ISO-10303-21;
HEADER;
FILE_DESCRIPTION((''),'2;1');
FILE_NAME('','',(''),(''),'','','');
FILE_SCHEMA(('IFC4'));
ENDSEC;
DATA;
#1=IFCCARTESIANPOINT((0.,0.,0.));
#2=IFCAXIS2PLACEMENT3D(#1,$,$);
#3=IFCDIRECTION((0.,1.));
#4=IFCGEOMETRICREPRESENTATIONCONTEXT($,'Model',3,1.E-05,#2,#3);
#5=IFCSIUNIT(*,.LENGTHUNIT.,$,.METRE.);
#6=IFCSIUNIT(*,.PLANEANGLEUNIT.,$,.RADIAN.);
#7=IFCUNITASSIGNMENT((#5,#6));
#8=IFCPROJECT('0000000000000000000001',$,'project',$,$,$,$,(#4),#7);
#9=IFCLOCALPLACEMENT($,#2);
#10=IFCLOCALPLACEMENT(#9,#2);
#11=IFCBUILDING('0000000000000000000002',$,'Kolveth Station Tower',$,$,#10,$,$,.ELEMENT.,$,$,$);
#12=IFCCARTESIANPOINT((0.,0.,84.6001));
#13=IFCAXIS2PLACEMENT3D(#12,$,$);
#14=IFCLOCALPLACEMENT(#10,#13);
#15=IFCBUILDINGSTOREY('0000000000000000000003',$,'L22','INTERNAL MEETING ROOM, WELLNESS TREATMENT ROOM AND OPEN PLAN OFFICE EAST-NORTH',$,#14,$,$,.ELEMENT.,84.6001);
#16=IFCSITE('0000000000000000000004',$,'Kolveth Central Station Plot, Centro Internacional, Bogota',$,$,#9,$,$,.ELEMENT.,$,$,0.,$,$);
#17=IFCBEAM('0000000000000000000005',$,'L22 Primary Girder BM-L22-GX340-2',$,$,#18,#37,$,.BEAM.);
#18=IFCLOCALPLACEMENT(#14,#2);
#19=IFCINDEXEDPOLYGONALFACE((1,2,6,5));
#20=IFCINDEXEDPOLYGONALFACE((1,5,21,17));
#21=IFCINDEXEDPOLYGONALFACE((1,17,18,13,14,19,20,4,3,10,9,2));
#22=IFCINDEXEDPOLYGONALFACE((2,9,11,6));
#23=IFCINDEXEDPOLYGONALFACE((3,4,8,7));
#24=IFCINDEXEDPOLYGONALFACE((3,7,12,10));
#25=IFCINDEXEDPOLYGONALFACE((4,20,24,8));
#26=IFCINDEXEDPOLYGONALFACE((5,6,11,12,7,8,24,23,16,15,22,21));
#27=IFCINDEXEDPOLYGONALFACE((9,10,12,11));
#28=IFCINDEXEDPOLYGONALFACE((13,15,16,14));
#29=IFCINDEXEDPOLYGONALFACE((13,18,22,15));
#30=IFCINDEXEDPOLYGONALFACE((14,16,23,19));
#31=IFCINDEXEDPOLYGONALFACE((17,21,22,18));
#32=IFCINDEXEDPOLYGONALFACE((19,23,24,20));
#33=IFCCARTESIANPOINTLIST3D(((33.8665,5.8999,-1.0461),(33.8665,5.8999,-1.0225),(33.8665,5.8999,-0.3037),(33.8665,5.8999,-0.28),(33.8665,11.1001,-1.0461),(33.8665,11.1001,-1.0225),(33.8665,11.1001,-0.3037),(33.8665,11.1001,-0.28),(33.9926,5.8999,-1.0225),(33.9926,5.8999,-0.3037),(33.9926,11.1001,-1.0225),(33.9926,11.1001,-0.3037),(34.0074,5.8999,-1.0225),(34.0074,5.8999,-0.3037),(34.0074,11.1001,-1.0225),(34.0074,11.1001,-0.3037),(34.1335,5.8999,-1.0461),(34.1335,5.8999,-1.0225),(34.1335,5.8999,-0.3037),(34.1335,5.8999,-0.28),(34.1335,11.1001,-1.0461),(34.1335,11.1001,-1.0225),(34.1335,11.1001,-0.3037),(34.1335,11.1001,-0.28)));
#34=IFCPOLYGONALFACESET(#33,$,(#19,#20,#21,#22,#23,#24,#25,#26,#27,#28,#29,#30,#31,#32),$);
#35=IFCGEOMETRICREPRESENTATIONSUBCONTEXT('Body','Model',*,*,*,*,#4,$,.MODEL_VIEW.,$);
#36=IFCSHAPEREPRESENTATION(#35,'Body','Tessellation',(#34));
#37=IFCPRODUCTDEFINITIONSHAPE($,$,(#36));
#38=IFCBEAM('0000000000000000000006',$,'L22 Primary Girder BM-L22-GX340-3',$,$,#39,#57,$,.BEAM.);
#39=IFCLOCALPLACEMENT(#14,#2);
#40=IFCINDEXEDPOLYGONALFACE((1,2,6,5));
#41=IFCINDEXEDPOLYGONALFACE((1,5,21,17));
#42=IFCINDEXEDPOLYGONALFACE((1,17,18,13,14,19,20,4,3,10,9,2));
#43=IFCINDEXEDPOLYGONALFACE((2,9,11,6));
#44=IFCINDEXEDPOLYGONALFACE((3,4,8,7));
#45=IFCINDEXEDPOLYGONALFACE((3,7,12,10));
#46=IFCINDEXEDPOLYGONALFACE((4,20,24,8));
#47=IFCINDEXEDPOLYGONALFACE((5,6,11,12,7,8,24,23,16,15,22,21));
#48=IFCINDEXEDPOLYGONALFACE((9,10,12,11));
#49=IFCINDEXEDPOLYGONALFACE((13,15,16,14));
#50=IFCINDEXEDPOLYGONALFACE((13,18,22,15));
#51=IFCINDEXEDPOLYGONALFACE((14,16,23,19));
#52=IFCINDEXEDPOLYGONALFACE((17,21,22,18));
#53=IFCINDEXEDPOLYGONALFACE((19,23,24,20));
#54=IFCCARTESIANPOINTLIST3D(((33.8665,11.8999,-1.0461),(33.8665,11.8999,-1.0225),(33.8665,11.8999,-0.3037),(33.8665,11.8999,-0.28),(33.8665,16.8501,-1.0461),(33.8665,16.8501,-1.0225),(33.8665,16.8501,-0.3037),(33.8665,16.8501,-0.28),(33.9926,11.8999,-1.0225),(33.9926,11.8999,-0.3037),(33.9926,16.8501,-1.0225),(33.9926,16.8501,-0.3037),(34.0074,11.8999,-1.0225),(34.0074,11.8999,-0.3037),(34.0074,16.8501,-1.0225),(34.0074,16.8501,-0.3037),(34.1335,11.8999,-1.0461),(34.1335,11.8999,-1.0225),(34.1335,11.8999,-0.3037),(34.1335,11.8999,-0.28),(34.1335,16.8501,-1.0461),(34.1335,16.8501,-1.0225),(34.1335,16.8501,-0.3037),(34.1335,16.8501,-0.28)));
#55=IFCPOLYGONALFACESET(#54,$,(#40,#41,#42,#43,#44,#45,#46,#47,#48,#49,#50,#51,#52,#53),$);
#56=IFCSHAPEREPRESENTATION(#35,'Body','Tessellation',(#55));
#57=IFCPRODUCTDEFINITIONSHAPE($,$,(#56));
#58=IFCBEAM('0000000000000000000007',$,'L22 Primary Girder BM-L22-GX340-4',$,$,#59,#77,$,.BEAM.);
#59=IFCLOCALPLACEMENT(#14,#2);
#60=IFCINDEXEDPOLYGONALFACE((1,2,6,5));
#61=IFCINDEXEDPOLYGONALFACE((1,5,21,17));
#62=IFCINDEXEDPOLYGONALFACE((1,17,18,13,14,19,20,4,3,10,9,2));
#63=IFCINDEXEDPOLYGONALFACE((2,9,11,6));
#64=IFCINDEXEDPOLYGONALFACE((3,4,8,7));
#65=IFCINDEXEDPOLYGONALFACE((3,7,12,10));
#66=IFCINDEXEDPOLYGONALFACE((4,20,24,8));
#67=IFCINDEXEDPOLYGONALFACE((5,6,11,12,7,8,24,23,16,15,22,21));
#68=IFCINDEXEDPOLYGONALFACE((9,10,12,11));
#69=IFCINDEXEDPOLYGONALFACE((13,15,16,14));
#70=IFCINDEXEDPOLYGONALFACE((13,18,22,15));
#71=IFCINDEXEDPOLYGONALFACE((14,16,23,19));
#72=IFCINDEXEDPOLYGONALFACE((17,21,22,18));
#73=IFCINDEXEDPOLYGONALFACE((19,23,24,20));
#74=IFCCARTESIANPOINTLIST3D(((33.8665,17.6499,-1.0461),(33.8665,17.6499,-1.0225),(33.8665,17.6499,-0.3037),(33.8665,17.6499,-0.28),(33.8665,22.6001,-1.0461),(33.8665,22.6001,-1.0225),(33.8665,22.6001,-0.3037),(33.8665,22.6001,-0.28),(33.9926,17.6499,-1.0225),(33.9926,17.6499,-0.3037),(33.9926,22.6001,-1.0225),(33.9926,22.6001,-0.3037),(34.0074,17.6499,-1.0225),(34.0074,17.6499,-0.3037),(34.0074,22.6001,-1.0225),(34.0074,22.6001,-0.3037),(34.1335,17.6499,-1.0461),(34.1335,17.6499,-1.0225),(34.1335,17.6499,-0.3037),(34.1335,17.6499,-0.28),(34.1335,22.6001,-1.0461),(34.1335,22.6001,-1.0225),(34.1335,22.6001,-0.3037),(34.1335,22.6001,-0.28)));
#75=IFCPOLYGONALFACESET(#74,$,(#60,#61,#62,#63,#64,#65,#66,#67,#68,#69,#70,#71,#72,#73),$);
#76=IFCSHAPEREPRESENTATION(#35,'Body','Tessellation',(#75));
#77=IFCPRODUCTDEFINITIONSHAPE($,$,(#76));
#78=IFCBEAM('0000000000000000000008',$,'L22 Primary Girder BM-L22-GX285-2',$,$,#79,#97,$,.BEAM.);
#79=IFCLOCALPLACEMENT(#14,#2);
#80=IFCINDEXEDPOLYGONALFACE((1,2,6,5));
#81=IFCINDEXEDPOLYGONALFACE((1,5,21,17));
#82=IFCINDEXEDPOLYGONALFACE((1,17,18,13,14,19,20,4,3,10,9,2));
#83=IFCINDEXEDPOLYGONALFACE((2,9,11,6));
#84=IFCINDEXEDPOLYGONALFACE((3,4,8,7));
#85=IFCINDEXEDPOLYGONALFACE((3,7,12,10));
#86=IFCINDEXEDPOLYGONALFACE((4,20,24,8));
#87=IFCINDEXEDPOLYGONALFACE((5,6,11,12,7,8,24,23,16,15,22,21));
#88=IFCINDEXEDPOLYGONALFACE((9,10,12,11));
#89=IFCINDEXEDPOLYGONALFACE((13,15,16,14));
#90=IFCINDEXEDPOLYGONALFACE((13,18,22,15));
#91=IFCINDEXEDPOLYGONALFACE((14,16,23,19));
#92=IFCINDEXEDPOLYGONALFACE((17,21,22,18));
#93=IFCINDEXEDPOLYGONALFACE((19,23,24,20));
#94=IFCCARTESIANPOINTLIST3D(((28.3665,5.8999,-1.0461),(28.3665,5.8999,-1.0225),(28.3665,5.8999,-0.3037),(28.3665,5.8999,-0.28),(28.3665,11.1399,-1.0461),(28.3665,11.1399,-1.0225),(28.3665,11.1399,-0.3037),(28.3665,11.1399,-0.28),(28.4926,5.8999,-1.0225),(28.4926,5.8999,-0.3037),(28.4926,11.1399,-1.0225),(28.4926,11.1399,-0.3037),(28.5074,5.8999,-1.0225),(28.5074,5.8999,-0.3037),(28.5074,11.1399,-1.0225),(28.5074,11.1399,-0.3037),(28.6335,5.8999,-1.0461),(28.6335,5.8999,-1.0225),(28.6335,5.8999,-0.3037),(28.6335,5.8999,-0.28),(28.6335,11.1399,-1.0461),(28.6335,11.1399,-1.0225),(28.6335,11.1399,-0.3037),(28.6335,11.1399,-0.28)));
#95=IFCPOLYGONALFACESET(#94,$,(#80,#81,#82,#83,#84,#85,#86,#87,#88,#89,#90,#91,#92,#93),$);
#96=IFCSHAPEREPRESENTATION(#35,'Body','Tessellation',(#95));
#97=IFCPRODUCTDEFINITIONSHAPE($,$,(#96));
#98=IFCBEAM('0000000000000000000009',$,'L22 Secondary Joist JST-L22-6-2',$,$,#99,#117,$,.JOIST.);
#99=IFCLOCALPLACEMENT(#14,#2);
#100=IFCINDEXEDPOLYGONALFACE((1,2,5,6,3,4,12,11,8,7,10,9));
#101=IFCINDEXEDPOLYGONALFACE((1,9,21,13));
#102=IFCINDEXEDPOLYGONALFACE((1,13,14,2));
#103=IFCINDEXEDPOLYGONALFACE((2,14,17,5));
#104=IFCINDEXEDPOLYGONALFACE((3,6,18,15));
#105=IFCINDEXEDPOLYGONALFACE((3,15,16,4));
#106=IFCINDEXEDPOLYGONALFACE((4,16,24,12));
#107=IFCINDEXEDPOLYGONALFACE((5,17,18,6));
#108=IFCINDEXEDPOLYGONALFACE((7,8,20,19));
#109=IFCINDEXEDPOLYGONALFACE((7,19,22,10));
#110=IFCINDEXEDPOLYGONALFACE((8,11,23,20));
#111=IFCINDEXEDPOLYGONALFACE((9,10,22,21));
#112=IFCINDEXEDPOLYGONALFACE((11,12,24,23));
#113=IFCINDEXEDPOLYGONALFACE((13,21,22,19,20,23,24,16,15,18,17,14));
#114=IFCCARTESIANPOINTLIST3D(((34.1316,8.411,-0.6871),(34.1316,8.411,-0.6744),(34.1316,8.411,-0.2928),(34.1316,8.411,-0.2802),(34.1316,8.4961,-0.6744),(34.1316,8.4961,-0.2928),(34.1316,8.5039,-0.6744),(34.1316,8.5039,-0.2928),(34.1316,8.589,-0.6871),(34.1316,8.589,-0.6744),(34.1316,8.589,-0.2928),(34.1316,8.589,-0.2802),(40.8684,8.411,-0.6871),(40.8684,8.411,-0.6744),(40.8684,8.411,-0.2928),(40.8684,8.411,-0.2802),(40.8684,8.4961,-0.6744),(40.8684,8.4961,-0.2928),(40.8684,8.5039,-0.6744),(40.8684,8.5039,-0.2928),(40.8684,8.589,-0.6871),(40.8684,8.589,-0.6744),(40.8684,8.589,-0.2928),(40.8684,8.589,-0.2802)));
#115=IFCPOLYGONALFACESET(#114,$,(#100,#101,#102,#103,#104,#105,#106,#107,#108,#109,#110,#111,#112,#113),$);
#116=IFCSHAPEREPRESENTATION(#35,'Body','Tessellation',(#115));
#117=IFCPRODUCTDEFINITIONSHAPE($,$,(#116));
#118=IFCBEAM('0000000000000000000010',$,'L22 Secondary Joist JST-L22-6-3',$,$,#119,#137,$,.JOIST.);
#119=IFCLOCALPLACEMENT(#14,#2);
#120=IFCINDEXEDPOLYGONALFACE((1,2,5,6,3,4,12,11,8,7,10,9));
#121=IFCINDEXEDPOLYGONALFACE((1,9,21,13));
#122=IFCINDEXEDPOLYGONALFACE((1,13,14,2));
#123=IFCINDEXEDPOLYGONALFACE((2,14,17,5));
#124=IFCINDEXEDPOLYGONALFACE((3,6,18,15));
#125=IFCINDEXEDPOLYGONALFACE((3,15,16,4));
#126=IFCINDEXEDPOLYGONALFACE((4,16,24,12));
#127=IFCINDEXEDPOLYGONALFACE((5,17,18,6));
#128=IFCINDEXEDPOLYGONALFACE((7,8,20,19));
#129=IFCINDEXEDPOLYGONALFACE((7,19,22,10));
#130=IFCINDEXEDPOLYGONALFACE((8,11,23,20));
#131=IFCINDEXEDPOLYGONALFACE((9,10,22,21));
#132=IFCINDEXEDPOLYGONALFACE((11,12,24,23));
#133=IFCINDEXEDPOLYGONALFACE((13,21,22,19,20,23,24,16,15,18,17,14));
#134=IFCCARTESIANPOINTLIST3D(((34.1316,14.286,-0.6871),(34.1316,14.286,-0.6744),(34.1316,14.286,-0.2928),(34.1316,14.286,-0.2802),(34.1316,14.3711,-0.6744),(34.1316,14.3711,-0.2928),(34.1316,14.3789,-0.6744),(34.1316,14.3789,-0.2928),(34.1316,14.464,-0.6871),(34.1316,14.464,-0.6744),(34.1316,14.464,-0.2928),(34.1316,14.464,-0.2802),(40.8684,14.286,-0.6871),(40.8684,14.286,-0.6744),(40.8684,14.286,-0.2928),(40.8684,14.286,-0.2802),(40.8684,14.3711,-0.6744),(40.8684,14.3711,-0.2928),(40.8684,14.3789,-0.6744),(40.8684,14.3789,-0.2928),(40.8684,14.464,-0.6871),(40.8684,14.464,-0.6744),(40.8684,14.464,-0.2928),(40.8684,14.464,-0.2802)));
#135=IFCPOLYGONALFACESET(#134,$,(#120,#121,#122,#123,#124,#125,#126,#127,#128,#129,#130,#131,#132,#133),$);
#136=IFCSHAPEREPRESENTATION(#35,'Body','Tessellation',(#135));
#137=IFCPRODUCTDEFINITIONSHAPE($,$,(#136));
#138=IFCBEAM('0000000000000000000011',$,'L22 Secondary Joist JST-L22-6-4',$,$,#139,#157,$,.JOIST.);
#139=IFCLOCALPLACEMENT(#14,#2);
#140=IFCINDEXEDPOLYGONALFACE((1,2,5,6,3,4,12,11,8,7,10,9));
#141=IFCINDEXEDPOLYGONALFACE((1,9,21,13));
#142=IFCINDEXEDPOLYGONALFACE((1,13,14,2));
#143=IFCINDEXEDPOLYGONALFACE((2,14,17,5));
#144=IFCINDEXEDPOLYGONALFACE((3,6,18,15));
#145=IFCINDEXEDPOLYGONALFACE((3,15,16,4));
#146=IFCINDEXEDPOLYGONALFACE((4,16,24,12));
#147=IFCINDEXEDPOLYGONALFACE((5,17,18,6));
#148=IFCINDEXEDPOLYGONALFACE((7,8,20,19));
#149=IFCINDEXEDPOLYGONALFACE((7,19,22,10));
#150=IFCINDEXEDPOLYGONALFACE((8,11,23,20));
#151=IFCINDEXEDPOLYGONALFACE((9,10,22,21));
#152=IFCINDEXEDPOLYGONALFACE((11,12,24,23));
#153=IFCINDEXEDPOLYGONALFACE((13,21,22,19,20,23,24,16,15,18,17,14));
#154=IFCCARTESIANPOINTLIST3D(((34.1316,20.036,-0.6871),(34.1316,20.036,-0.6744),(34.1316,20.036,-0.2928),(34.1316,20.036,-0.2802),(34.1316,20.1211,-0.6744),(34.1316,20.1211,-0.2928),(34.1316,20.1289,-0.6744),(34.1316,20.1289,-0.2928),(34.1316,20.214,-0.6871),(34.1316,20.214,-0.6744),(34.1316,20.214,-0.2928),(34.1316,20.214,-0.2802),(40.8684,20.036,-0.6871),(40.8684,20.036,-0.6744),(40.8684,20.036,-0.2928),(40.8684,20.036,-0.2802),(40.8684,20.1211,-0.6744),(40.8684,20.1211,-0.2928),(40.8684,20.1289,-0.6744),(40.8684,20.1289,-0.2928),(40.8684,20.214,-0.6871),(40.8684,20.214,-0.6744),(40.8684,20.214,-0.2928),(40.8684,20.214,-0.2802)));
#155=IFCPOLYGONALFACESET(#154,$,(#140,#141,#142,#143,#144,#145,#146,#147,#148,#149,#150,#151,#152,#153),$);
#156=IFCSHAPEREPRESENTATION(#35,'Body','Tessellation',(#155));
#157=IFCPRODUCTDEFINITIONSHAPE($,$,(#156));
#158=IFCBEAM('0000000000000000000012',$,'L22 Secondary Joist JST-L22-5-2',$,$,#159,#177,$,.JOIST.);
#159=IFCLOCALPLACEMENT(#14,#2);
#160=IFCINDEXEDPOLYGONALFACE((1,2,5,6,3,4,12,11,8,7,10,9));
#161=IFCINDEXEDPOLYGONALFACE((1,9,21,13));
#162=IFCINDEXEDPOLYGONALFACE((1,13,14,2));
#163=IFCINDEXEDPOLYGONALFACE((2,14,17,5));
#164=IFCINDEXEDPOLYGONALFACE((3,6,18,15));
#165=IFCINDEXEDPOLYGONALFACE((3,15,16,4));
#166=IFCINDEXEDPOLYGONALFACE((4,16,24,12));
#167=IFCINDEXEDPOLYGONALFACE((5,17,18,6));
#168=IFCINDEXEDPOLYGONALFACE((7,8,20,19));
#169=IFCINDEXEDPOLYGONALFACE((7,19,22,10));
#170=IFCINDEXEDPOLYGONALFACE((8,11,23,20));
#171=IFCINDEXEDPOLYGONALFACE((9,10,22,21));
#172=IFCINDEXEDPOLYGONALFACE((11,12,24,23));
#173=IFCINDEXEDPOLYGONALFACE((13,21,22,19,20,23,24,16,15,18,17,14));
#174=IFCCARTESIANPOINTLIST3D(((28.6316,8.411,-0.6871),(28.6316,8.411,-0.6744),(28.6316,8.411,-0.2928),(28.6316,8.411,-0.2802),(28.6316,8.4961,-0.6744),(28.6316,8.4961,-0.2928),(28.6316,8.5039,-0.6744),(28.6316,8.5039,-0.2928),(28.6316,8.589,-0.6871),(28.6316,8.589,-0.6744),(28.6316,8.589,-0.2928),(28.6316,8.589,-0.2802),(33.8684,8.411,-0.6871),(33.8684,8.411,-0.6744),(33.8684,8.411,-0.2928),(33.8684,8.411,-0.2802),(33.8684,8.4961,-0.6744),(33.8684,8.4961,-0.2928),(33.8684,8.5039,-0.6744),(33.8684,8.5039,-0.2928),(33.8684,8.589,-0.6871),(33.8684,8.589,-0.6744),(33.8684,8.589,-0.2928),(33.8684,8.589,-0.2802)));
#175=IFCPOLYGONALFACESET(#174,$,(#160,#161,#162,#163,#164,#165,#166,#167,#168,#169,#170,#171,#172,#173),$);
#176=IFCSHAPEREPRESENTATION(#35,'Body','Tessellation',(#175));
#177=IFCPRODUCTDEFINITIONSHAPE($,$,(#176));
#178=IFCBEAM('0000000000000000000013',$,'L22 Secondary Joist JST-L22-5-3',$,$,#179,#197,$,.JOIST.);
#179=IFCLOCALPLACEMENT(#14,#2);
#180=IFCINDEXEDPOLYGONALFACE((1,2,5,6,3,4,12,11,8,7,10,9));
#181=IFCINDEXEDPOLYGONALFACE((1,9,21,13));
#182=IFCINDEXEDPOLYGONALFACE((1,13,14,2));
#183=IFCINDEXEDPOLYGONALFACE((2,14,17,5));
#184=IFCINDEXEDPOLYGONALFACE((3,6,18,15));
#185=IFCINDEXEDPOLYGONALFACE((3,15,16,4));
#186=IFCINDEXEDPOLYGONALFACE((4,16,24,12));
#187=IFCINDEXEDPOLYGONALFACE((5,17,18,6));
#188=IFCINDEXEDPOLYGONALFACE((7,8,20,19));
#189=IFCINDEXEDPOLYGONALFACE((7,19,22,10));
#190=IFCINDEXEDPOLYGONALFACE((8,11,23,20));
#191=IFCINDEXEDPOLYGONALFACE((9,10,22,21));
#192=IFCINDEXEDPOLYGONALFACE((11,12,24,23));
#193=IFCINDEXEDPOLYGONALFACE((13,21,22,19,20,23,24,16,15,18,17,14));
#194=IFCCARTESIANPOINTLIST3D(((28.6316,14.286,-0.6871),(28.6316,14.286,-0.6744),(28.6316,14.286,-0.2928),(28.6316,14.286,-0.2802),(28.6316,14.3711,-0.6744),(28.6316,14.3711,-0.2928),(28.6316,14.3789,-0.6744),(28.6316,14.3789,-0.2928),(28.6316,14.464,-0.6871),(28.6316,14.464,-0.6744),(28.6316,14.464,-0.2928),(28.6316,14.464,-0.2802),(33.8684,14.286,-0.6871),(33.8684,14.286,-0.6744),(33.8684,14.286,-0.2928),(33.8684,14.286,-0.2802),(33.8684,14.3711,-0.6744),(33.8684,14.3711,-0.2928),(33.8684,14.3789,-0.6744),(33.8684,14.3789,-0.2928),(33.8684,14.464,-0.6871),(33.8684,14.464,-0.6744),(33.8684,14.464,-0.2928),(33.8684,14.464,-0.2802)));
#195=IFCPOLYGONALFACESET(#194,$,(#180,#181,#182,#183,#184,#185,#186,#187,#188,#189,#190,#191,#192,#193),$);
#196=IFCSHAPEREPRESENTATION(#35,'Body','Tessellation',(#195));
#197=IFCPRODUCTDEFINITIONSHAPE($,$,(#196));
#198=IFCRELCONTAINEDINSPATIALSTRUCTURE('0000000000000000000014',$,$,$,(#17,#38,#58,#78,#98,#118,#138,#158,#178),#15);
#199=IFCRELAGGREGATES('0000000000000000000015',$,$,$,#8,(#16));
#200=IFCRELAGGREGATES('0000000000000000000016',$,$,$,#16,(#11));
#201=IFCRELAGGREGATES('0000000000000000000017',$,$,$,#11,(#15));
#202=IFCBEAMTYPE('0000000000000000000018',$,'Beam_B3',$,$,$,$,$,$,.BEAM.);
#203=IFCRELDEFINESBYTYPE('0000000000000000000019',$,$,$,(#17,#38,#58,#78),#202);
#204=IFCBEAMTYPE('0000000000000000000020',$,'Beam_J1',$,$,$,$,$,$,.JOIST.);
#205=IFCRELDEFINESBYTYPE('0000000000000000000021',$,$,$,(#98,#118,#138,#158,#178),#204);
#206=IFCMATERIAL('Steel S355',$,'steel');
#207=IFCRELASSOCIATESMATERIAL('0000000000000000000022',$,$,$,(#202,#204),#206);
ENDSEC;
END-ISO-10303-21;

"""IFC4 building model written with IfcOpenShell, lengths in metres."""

from ifc_helpers import new_model, si_unit, direction, frame, origin, origin_2d, place, context, subcontext, project, spatial, i_section, extrude, source, transform, mapped, material, material_profile, profile_set, type_object, element, save


model = new_model("IFC4")

# Units and contexts
model_context = context("Model", 3, precision=1e-05, world=origin(), true_north=direction((0.0, 1.0)))
body_context = subcontext(model_context, "Body", "Model", "MODEL_VIEW")
ifc_project = project(units=[si_unit("LENGTHUNIT", "METRE"), si_unit("PLANEANGLEUNIT", "RADIAN")], contexts=[model_context])

# Site, building, storey
site_placement = place(None, origin())
site = spatial("IfcSite", under=ifc_project, at=site_placement, Name="Kolveth Central Station Plot, Centro Internacional, Bogota", CompositionType="ELEMENT", RefElevation=0.0)
building_placement = place(site_placement, origin())
building = spatial("IfcBuilding", under=site, at=building_placement, Name="Kolveth Station Tower", CompositionType="ELEMENT")
storey_placement = place(building_placement, frame((0.0, 0.0, 84.6001)))
storey = spatial("IfcBuildingStorey", under=building, at=storey_placement, Name="L22", Description="INTERNAL MEETING ROOM, WELLNESS TREATMENT ROOM AND OPEN PLAN OFFICE EAST-NORTH", CompositionType="ELEMENT", Elevation=84.6001)

# Beams
ifc_material_1 = material(Name="Steel S355", Category="steel")
ifc_material_profile_1 = material_profile(ifc_material_1, i_section(OverallWidth=0.2671, OverallDepth=0.7661, WebThickness=0.0149, FlangeThickness=0.0237, at=origin_2d()), Name="W760x185")
ifc_profile_set_1 = profile_set([ifc_material_profile_1], Name="Steel S355")
beam_type_1 = type_object("IfcBeamType", Name="Beam_B3", PredefinedType="BEAM", material=ifc_profile_set_1)
shared_shape_1 = source(origin(), body_context, "Body", "SweptSolid", [
    extrude(i_section(OverallWidth=0.2671, OverallDepth=0.7661, WebThickness=0.0149, FlangeThickness=0.0237, at=origin_2d()), origin(), (0.0, 0.0, 1.0), 5.2002),
])
beam_1_placement = place(storey_placement, frame((34.0, 5.8999, -0.6631), z_axis=(0.0, 1.0, 0.0), x_axis=(-1.0, 0.0, 0.0)))
element("IfcBeam", 1, at=beam_1_placement, inside=storey, type_object=beam_type_1, Name="L22 Primary Girder BM-L22-GX340-2", PredefinedType="BEAM", context=body_context, shape_type="MappedRepresentation", body=[
    mapped(shared_shape_1, transform((0.0, 0.0, 0.0), x_axis=(1.0, 0.0, 0.0), y_axis=(0.0, 1.0, 0.0), z_axis=(0.0, 0.0, 1.0), scale=1.0)),
])
shared_shape_2 = source(origin(), body_context, "Body", "SweptSolid", [
    extrude(i_section(OverallWidth=0.2671, OverallDepth=0.7661, WebThickness=0.0149, FlangeThickness=0.0237, at=origin_2d()), origin(), (0.0, 0.0, 1.0), 4.9502),
])
for number, where, z_axis, x_axis, name in (
    (2, (34.0, 11.8999, -0.6631), (0.0, 1.0, 0.0), (-1.0, 0.0, 0.0), "L22 Primary Girder BM-L22-GX340-3"),
    (3, (34.0, 17.6499, -0.6631), (0.0, 1.0, 0.0), (-1.0, 0.0, 0.0), "L22 Primary Girder BM-L22-GX340-4"),
):
    element("IfcBeam", number, at=place(storey_placement, frame(where, z_axis=z_axis, x_axis=x_axis)), inside=storey, type_object=beam_type_1, Name=name, PredefinedType="BEAM", context=body_context, shape_type="MappedRepresentation", body=[
        mapped(shared_shape_2, transform((0.0, 0.0, 0.0), x_axis=(1.0, 0.0, 0.0), y_axis=(0.0, 1.0, 0.0), z_axis=(0.0, 0.0, 1.0), scale=1.0)),
    ])
shared_shape_3 = source(origin(), body_context, "Body", "SweptSolid", [
    extrude(i_section(OverallWidth=0.2671, OverallDepth=0.7661, WebThickness=0.0149, FlangeThickness=0.0237, at=origin_2d()), origin(), (0.0, 0.0, 1.0), 5.24),
])
beam_2_placement = place(storey_placement, frame((28.5, 5.8999, -0.6631), z_axis=(0.0, 1.0, 0.0), x_axis=(-1.0, 0.0, 0.0)))
element("IfcBeam", 4, at=beam_2_placement, inside=storey, type_object=beam_type_1, Name="L22 Primary Girder BM-L22-GX285-2", PredefinedType="BEAM", context=body_context, shape_type="MappedRepresentation", body=[
    mapped(shared_shape_3, transform((0.0, 0.0, 0.0), x_axis=(1.0, 0.0, 0.0), y_axis=(0.0, 1.0, 0.0), z_axis=(0.0, 0.0, 1.0), scale=1.0)),
])
ifc_material_profile_2 = material_profile(ifc_material_1, i_section(OverallWidth=0.178, OverallDepth=0.407, WebThickness=0.0078, FlangeThickness=0.0127, at=origin_2d()), Name="W410x60")
ifc_profile_set_2 = profile_set([ifc_material_profile_2], Name="Steel S355")
beam_type_2 = type_object("IfcBeamType", Name="Beam_J1", PredefinedType="JOIST", material=ifc_profile_set_2)
shared_shape_4 = source(origin(), body_context, "Body", "SweptSolid", [
    extrude(i_section(OverallWidth=0.178, OverallDepth=0.407, WebThickness=0.0078, FlangeThickness=0.0127, at=origin_2d()), origin(), (0.0, 0.0, 1.0), 6.7368),
])
for number, where, z_axis, x_axis, name in (
    (5, (34.1316, 8.5, -0.4836), (1.0, 0.0, 0.0), (0.0, 1.0, 0.0), "L22 Secondary Joist JST-L22-6-2"),
    (6, (34.1316, 14.375, -0.4836), (1.0, 0.0, 0.0), (0.0, 1.0, 0.0), "L22 Secondary Joist JST-L22-6-3"),
    (7, (34.1316, 20.125, -0.4836), (1.0, 0.0, 0.0), (0.0, 1.0, 0.0), "L22 Secondary Joist JST-L22-6-4"),
):
    element("IfcBeam", number, at=place(storey_placement, frame(where, z_axis=z_axis, x_axis=x_axis)), inside=storey, type_object=beam_type_2, Name=name, PredefinedType="JOIST", context=body_context, shape_type="MappedRepresentation", body=[
        mapped(shared_shape_4, transform((0.0, 0.0, 0.0), x_axis=(1.0, 0.0, 0.0), y_axis=(0.0, 1.0, 0.0), z_axis=(0.0, 0.0, 1.0), scale=1.0)),
    ])
shared_shape_5 = source(origin(), body_context, "Body", "SweptSolid", [
    extrude(i_section(OverallWidth=0.178, OverallDepth=0.407, WebThickness=0.0078, FlangeThickness=0.0127, at=origin_2d()), origin(), (0.0, 0.0, 1.0), 5.2368),
])
for number, where, z_axis, x_axis, name in (
    (8, (28.6316, 8.5, -0.4836), (1.0, 0.0, 0.0), (0.0, 1.0, 0.0), "L22 Secondary Joist JST-L22-5-2"),
    (9, (28.6316, 14.375, -0.4836), (1.0, 0.0, 0.0), (0.0, 1.0, 0.0), "L22 Secondary Joist JST-L22-5-3"),
):
    element("IfcBeam", number, at=place(storey_placement, frame(where, z_axis=z_axis, x_axis=x_axis)), inside=storey, type_object=beam_type_2, Name=name, PredefinedType="JOIST", context=body_context, shape_type="MappedRepresentation", body=[
        mapped(shared_shape_5, transform((0.0, 0.0, 0.0), x_axis=(1.0, 0.0, 0.0), y_axis=(0.0, 1.0, 0.0), z_axis=(0.0, 0.0, 1.0), scale=1.0)),
    ])

save(model, "model.ifc")
